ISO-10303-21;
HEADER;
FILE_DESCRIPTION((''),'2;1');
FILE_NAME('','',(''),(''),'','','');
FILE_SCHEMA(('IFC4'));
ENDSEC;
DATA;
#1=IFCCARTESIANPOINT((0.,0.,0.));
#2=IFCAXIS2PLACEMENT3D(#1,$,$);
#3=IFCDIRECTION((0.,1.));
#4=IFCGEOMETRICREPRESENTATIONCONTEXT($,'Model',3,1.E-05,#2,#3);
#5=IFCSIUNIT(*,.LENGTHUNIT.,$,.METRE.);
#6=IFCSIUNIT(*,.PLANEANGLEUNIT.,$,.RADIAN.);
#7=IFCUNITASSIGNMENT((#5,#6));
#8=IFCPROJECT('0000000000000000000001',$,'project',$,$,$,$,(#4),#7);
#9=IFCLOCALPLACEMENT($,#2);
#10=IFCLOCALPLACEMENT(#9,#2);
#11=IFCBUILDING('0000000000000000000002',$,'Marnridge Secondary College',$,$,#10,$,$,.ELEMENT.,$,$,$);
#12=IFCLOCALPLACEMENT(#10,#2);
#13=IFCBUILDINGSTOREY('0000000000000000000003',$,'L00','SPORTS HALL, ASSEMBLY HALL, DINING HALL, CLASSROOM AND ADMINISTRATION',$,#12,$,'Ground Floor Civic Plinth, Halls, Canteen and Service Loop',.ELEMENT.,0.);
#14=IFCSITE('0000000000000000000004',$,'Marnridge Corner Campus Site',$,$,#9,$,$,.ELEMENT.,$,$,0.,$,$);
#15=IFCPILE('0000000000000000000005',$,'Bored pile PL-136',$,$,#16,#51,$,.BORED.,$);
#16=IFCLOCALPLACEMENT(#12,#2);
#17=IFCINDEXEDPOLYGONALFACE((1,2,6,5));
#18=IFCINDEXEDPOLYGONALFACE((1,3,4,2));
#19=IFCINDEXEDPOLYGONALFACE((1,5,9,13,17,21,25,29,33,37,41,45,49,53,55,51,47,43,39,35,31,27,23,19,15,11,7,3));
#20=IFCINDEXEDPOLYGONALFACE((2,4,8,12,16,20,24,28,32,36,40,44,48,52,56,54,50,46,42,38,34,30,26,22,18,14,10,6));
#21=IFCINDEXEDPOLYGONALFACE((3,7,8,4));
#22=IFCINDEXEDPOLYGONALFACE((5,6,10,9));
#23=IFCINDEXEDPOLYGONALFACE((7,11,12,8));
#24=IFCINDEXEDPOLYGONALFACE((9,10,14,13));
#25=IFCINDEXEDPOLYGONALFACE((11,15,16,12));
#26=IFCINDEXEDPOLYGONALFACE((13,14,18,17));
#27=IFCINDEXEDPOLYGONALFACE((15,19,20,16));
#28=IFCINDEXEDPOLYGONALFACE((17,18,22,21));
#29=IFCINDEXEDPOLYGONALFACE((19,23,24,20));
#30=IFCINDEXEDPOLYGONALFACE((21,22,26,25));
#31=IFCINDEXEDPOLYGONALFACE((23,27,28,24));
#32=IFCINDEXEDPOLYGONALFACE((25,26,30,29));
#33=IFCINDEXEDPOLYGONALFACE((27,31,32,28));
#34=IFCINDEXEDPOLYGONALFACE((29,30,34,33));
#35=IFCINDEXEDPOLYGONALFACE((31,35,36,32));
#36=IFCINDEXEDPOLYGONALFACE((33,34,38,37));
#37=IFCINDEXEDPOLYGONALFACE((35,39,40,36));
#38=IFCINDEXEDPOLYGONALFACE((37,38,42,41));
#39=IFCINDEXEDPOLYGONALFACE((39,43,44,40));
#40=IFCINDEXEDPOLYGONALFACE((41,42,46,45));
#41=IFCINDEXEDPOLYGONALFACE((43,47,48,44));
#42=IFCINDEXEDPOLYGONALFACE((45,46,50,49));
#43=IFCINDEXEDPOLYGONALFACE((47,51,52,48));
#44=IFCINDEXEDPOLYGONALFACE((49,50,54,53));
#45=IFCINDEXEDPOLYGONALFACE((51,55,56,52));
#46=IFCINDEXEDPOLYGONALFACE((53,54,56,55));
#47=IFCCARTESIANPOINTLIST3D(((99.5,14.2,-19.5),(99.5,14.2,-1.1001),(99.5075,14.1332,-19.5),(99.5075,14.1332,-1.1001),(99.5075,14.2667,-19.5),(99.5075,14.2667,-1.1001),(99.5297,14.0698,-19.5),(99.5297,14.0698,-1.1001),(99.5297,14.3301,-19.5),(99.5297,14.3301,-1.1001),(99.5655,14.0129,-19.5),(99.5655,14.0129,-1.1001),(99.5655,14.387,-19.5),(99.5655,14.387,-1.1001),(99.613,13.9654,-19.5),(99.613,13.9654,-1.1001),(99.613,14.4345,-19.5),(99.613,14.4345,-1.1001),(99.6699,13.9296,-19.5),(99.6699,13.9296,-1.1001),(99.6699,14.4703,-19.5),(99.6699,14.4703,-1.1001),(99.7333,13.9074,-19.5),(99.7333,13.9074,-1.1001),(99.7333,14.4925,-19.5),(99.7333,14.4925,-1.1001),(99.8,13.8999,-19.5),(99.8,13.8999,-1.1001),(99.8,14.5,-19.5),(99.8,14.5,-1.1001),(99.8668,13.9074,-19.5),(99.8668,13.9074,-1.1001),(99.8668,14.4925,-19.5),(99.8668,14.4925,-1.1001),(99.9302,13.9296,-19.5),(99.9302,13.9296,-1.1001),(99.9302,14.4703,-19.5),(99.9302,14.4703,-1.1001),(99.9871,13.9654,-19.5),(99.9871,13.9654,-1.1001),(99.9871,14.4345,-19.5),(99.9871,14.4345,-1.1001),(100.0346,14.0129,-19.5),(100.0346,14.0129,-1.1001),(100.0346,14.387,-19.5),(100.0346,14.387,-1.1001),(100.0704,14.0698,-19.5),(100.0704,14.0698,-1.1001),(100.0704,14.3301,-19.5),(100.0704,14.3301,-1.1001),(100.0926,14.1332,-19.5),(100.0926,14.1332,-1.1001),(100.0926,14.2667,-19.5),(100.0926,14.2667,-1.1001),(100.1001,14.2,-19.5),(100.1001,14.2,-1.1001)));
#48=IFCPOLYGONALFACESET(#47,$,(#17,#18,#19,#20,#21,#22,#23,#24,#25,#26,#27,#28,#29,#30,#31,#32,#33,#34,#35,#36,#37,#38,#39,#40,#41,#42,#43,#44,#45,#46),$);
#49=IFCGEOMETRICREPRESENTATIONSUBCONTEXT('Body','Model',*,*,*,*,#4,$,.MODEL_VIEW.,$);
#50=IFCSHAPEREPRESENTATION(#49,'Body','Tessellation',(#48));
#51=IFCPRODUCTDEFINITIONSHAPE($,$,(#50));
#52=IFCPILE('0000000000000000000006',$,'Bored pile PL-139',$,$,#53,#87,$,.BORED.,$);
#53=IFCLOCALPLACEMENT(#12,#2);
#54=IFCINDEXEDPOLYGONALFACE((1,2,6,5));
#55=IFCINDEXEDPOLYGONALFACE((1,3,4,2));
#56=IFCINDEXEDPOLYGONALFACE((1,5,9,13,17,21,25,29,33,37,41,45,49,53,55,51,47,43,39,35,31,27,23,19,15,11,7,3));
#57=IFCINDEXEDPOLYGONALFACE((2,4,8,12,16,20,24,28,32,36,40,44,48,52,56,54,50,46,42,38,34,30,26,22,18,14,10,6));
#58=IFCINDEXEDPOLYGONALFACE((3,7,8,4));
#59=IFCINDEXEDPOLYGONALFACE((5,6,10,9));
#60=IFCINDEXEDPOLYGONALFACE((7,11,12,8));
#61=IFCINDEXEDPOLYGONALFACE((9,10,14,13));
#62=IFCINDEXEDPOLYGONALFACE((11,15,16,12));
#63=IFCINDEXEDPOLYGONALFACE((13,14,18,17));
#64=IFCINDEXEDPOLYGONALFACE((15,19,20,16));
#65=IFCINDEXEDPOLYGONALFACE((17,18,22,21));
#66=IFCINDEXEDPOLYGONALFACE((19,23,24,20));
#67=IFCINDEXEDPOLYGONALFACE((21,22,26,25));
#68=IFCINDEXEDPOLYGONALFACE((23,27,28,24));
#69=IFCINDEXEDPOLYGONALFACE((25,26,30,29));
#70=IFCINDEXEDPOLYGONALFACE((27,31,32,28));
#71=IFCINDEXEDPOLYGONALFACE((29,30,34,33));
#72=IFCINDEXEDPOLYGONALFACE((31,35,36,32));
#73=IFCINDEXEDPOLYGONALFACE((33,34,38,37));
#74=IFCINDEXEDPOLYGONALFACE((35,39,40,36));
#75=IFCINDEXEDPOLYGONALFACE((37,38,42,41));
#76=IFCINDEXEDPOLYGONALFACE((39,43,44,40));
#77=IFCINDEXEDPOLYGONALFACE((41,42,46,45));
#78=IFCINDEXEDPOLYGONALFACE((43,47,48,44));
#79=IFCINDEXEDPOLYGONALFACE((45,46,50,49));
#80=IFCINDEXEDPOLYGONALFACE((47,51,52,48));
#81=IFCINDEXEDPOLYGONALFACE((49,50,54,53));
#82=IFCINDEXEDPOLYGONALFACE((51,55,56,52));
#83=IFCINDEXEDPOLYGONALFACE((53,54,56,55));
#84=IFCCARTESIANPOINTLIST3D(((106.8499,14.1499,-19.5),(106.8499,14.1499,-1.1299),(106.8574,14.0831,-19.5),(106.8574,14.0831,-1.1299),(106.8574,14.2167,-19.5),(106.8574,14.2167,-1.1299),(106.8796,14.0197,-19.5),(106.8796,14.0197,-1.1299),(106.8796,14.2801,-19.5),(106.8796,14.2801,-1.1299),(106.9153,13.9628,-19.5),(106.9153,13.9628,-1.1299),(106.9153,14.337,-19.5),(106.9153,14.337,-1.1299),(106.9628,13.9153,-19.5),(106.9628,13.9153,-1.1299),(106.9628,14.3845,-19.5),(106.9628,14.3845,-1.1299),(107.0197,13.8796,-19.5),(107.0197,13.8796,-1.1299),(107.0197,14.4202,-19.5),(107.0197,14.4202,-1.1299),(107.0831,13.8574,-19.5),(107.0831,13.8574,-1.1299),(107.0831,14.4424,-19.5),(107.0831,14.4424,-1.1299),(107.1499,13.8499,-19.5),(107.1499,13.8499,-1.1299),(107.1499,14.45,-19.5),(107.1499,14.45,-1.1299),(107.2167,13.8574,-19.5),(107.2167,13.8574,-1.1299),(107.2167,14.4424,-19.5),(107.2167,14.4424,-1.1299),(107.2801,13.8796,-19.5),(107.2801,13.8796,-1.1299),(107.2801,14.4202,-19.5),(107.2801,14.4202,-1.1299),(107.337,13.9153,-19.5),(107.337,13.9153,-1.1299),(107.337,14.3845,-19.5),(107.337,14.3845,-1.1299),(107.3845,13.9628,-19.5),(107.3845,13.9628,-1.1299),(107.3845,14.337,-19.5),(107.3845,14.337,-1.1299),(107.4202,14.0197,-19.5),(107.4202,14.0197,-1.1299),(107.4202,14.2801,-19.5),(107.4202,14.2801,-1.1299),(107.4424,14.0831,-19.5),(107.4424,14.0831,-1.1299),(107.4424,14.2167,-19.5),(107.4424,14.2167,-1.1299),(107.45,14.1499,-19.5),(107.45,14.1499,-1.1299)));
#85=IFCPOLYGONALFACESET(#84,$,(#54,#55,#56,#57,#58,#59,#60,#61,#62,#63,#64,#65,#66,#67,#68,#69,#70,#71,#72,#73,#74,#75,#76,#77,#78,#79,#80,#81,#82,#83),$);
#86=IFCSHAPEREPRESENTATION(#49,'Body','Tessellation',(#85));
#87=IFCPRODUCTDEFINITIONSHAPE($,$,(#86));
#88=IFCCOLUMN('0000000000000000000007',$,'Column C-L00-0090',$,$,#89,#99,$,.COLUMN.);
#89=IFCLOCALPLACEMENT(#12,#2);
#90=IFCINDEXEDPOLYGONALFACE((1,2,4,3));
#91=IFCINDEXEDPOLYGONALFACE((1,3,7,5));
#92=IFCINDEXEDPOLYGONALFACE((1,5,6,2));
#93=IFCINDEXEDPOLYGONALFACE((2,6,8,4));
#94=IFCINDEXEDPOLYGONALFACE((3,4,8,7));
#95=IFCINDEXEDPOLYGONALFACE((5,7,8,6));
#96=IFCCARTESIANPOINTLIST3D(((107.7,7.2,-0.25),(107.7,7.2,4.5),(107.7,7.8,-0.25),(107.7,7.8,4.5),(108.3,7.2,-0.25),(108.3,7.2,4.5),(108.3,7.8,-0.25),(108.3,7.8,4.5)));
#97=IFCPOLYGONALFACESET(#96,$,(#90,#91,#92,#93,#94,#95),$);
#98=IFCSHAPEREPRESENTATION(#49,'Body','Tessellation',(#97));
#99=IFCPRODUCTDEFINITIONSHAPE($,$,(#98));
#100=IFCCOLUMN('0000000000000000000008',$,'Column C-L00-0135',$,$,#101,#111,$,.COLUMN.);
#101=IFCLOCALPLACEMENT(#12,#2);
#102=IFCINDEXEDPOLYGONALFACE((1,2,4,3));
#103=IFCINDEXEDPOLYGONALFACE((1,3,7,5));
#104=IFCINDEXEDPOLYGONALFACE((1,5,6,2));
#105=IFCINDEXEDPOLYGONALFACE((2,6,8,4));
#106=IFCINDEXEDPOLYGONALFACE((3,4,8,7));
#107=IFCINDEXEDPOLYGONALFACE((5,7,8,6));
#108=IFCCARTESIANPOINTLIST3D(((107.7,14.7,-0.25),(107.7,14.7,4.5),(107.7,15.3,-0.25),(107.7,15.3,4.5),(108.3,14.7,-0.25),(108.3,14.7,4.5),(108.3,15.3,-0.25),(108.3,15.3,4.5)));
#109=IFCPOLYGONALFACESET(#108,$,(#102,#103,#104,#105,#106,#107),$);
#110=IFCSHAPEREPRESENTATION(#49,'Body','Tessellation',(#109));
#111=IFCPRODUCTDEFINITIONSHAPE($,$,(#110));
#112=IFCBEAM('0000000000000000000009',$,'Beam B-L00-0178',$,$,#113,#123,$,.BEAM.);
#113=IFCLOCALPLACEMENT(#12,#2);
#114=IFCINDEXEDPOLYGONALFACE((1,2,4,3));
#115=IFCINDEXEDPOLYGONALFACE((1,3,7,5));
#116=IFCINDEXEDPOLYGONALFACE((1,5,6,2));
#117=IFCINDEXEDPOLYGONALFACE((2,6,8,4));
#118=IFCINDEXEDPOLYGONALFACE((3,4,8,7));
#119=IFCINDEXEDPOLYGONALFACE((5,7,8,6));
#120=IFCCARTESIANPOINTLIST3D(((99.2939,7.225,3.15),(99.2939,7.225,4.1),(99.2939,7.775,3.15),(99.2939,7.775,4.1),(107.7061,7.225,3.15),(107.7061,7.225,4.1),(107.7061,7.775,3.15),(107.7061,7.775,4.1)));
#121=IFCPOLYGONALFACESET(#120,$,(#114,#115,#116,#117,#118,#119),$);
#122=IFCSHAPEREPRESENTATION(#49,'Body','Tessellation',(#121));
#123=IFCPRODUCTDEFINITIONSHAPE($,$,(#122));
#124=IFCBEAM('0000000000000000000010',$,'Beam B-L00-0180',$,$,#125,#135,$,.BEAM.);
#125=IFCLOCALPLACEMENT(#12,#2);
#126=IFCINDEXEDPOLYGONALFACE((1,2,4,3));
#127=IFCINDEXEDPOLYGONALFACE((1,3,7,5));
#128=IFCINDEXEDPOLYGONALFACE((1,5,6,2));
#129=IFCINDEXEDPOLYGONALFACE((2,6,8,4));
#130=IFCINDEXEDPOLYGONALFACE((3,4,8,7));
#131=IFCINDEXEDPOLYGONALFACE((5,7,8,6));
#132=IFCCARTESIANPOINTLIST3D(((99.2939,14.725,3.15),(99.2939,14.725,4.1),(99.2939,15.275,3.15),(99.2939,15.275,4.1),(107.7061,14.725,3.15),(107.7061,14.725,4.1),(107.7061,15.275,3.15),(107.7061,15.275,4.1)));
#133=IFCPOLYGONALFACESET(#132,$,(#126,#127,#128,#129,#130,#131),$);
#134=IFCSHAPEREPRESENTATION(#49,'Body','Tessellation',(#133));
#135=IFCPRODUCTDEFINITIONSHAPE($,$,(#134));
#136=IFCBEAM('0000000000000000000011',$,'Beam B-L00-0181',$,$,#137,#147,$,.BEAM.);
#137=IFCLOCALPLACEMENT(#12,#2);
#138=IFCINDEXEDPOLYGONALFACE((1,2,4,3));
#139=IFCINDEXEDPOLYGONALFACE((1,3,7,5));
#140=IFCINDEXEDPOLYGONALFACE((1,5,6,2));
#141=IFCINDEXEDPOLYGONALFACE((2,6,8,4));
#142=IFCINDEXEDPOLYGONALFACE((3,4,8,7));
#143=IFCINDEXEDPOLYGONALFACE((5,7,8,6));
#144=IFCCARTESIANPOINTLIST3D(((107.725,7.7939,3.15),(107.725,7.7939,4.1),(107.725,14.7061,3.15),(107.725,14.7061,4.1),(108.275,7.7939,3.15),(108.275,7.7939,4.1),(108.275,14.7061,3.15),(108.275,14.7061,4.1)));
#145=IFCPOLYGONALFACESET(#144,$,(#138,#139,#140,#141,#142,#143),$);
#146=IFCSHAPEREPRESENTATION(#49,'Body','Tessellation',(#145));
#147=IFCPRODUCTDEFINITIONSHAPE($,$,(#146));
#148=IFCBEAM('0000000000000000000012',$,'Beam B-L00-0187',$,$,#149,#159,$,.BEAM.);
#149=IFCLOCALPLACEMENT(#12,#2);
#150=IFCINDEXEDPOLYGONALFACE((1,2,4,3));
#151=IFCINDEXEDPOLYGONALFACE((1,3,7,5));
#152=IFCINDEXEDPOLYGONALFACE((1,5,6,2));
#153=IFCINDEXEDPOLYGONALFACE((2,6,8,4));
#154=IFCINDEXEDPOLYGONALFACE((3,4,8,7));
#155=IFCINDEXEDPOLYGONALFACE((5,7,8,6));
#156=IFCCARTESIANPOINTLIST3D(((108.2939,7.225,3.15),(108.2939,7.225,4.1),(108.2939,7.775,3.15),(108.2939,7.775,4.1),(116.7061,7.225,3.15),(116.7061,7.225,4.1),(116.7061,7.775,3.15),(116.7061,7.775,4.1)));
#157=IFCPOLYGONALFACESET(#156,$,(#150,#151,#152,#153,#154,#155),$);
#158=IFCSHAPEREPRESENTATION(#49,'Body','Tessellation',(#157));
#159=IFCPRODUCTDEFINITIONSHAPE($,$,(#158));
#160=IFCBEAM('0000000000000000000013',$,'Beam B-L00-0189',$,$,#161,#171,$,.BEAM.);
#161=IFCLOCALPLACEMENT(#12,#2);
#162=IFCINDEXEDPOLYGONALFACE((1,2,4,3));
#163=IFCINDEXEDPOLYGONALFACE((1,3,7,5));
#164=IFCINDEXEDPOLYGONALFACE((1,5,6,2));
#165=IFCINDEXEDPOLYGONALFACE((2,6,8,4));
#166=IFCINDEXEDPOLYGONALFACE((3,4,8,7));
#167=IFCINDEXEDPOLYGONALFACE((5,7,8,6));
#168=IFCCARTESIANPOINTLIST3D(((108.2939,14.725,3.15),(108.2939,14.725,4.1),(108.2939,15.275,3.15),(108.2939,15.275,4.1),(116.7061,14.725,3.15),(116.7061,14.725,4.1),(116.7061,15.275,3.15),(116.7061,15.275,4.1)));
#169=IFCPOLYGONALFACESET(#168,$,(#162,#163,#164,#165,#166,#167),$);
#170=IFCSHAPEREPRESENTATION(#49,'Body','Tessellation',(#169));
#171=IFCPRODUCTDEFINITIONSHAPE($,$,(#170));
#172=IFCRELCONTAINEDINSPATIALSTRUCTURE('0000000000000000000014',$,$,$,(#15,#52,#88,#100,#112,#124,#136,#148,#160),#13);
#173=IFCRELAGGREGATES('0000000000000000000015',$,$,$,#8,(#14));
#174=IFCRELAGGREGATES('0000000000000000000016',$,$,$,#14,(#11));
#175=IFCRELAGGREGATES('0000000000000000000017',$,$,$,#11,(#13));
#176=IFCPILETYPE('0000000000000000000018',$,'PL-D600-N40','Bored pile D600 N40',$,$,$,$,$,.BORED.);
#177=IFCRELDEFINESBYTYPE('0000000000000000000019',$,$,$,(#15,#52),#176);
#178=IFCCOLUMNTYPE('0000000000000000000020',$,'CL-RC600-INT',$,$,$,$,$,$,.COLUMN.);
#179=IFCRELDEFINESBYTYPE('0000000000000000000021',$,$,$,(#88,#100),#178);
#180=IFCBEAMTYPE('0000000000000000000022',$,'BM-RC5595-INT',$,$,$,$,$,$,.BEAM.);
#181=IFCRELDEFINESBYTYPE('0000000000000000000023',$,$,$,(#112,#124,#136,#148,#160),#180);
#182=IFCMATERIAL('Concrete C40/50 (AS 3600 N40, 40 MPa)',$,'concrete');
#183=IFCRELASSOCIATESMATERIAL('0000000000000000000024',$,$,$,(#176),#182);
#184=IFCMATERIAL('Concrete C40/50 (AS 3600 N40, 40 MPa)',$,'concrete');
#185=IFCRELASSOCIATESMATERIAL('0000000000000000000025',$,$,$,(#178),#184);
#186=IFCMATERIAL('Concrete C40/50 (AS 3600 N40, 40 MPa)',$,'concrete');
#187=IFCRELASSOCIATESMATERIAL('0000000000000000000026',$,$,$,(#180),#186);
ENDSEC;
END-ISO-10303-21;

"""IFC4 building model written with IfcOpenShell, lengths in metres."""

from ifc_helpers import new_model, si_unit, direction, frame, origin, origin_2d, place, context, subcontext, project, spatial, rectangle, circle, extrude, material, material_profile, profile_set, type_object, element, save


model = new_model("IFC4")

# Units and contexts
model_context = context("Model", 3, precision=1e-05, world=origin(), true_north=direction((0.0, 1.0)))
body_context = subcontext(model_context, "Body", "Model", "MODEL_VIEW")
ifc_project = project(units=[si_unit("LENGTHUNIT", "METRE"), si_unit("PLANEANGLEUNIT", "RADIAN")], contexts=[model_context])

# Site, building, storey
site_placement = place(None, origin())
site = spatial("IfcSite", under=ifc_project, at=site_placement, Name="Marnridge Corner Campus Site", CompositionType="ELEMENT", RefElevation=0.0)
building_placement = place(site_placement, origin())
building = spatial("IfcBuilding", under=site, at=building_placement, Name="Marnridge Secondary College", CompositionType="ELEMENT")
storey_placement = place(building_placement, origin())
storey = spatial("IfcBuildingStorey", under=building, at=storey_placement, Name="L00", Description="SPORTS HALL, ASSEMBLY HALL, DINING HALL, CLASSROOM AND ADMINISTRATION", LongName="Ground Floor Civic Plinth, Halls, Canteen and Service Loop", CompositionType="ELEMENT", Elevation=0.0)

# Piles
ifc_material_1 = material(Name="Concrete C40/50 (AS 3600 N40, 40 MPa)", Category="concrete")
ifc_material_profile_1 = material_profile(ifc_material_1, circle(Radius=0.3, at=origin_2d()), Name="PILE D600")
ifc_profile_set_1 = profile_set([ifc_material_profile_1], Name="Concrete C40/50 (AS 3600 N40, 40 MPa)")
pile_type = type_object("IfcPileType", Name="PL-D600-N40", Description="Bored pile D600 N40", PredefinedType="BORED", material=ifc_profile_set_1)
pile_1_placement = place(storey_placement, frame((99.8, 14.2, -1.1001), z_axis=(0.0, 0.0, -1.0), x_axis=(1.0, 0.0, 0.0)))
element("IfcPile", 1, at=pile_1_placement, inside=storey, type_object=pile_type, Name="Bored pile PL-136", PredefinedType="BORED", context=body_context, shape_type="SweptSolid", body=[
    extrude(circle(Radius=0.3, at=origin_2d()), origin(), (0.0, 0.0, 1.0), 18.3999),
])
pile_2_placement = place(storey_placement, frame((107.1499, 14.1499, -1.1299), z_axis=(0.0, 0.0, -1.0), x_axis=(1.0, 0.0, 0.0)))
element("IfcPile", 2, at=pile_2_placement, inside=storey, type_object=pile_type, Name="Bored pile PL-139", PredefinedType="BORED", context=body_context, shape_type="SweptSolid", body=[
    extrude(circle(Radius=0.3, at=origin_2d()), origin(), (0.0, 0.0, 1.0), 18.3701),
])

# Columns
ifc_material_2 = material(Name="Concrete C40/50 (AS 3600 N40, 40 MPa)", Category="concrete")
ifc_material_profile_2 = material_profile(ifc_material_2, rectangle(XDim=0.6001, YDim=0.6001, at=origin_2d()), Name="RC 600x600")
ifc_profile_set_2 = profile_set([ifc_material_profile_2], Name="Concrete C40/50 (AS 3600 N40, 40 MPa)")
column_type = type_object("IfcColumnType", Name="CL-RC600-INT", PredefinedType="COLUMN", material=ifc_profile_set_2)
for number, where, z_axis, x_axis, name in (
    (3, (108.0, 7.5, -0.25), (0.0, 0.0, 1.0), (1.0, 0.0, 0.0), "Column C-L00-0090"),
    (4, (108.0, 15.0, -0.25), (0.0, 0.0, 1.0), (1.0, 0.0, 0.0), "Column C-L00-0135"),
):
    element("IfcColumn", number, at=place(storey_placement, frame(where, z_axis=z_axis, x_axis=x_axis)), inside=storey, type_object=column_type, Name=name, PredefinedType="COLUMN", context=body_context, shape_type="SweptSolid", body=[
        extrude(rectangle(XDim=0.6001, YDim=0.6001, at=origin_2d()), origin(), (0.0, 0.0, 1.0), 4.75),
    ])

# Beams
ifc_material_3 = material(Name="Concrete C40/50 (AS 3600 N40, 40 MPa)", Category="concrete")
ifc_material_profile_3 = material_profile(ifc_material_3, rectangle(XDim=0.55, YDim=0.95, at=origin_2d()), Name="RC 550x950")
ifc_profile_set_3 = profile_set([ifc_material_profile_3], Name="Concrete C40/50 (AS 3600 N40, 40 MPa)")
beam_type_1 = type_object("IfcBeamType", Name="BM-RC5595-INT", PredefinedType="BEAM", material=ifc_profile_set_3)
for number, where, z_axis, x_axis, name in (
    (5, (99.2939, 7.5, 3.625), (1.0, 0.0, 0.0), (0.0, 1.0, 0.0), "Beam B-L00-0178"),
    (6, (99.2939, 15.0, 3.625), (1.0, 0.0, 0.0), (0.0, 1.0, 0.0), "Beam B-L00-0180"),
):
    element("IfcBeam", number, at=place(storey_placement, frame(where, z_axis=z_axis, x_axis=x_axis)), inside=storey, type_object=beam_type_1, Name=name, PredefinedType="BEAM", context=body_context, shape_type="SweptSolid", body=[
        extrude(rectangle(XDim=0.55, YDim=0.95, at=origin_2d()), origin(), (0.0, 0.0, 1.0), 8.4121),
    ])
beam_placement = place(storey_placement, frame((108.0, 7.7939, 3.625), z_axis=(0.0, 1.0, 0.0), x_axis=(-1.0, 0.0, 0.0)))
element("IfcBeam", 7, at=beam_placement, inside=storey, type_object=beam_type_1, Name="Beam B-L00-0181", PredefinedType="BEAM", context=body_context, shape_type="SweptSolid", body=[
    extrude(rectangle(XDim=0.55, YDim=0.95, at=origin_2d()), origin(), (0.0, 0.0, 1.0), 6.9121),
])
for number, where, z_axis, x_axis, name in (
    (8, (108.2939, 7.5, 3.625), (1.0, 0.0, 0.0), (0.0, 1.0, 0.0), "Beam B-L00-0187"),
    (9, (108.2939, 15.0, 3.625), (1.0, 0.0, 0.0), (0.0, 1.0, 0.0), "Beam B-L00-0189"),
):
    element("IfcBeam", number, at=place(storey_placement, frame(where, z_axis=z_axis, x_axis=x_axis)), inside=storey, type_object=beam_type_1, Name=name, PredefinedType="BEAM", context=body_context, shape_type="SweptSolid", body=[
        extrude(rectangle(XDim=0.55, YDim=0.95, at=origin_2d()), origin(), (0.0, 0.0, 1.0), 8.4121),
    ])

save(model, "model.ifc")
